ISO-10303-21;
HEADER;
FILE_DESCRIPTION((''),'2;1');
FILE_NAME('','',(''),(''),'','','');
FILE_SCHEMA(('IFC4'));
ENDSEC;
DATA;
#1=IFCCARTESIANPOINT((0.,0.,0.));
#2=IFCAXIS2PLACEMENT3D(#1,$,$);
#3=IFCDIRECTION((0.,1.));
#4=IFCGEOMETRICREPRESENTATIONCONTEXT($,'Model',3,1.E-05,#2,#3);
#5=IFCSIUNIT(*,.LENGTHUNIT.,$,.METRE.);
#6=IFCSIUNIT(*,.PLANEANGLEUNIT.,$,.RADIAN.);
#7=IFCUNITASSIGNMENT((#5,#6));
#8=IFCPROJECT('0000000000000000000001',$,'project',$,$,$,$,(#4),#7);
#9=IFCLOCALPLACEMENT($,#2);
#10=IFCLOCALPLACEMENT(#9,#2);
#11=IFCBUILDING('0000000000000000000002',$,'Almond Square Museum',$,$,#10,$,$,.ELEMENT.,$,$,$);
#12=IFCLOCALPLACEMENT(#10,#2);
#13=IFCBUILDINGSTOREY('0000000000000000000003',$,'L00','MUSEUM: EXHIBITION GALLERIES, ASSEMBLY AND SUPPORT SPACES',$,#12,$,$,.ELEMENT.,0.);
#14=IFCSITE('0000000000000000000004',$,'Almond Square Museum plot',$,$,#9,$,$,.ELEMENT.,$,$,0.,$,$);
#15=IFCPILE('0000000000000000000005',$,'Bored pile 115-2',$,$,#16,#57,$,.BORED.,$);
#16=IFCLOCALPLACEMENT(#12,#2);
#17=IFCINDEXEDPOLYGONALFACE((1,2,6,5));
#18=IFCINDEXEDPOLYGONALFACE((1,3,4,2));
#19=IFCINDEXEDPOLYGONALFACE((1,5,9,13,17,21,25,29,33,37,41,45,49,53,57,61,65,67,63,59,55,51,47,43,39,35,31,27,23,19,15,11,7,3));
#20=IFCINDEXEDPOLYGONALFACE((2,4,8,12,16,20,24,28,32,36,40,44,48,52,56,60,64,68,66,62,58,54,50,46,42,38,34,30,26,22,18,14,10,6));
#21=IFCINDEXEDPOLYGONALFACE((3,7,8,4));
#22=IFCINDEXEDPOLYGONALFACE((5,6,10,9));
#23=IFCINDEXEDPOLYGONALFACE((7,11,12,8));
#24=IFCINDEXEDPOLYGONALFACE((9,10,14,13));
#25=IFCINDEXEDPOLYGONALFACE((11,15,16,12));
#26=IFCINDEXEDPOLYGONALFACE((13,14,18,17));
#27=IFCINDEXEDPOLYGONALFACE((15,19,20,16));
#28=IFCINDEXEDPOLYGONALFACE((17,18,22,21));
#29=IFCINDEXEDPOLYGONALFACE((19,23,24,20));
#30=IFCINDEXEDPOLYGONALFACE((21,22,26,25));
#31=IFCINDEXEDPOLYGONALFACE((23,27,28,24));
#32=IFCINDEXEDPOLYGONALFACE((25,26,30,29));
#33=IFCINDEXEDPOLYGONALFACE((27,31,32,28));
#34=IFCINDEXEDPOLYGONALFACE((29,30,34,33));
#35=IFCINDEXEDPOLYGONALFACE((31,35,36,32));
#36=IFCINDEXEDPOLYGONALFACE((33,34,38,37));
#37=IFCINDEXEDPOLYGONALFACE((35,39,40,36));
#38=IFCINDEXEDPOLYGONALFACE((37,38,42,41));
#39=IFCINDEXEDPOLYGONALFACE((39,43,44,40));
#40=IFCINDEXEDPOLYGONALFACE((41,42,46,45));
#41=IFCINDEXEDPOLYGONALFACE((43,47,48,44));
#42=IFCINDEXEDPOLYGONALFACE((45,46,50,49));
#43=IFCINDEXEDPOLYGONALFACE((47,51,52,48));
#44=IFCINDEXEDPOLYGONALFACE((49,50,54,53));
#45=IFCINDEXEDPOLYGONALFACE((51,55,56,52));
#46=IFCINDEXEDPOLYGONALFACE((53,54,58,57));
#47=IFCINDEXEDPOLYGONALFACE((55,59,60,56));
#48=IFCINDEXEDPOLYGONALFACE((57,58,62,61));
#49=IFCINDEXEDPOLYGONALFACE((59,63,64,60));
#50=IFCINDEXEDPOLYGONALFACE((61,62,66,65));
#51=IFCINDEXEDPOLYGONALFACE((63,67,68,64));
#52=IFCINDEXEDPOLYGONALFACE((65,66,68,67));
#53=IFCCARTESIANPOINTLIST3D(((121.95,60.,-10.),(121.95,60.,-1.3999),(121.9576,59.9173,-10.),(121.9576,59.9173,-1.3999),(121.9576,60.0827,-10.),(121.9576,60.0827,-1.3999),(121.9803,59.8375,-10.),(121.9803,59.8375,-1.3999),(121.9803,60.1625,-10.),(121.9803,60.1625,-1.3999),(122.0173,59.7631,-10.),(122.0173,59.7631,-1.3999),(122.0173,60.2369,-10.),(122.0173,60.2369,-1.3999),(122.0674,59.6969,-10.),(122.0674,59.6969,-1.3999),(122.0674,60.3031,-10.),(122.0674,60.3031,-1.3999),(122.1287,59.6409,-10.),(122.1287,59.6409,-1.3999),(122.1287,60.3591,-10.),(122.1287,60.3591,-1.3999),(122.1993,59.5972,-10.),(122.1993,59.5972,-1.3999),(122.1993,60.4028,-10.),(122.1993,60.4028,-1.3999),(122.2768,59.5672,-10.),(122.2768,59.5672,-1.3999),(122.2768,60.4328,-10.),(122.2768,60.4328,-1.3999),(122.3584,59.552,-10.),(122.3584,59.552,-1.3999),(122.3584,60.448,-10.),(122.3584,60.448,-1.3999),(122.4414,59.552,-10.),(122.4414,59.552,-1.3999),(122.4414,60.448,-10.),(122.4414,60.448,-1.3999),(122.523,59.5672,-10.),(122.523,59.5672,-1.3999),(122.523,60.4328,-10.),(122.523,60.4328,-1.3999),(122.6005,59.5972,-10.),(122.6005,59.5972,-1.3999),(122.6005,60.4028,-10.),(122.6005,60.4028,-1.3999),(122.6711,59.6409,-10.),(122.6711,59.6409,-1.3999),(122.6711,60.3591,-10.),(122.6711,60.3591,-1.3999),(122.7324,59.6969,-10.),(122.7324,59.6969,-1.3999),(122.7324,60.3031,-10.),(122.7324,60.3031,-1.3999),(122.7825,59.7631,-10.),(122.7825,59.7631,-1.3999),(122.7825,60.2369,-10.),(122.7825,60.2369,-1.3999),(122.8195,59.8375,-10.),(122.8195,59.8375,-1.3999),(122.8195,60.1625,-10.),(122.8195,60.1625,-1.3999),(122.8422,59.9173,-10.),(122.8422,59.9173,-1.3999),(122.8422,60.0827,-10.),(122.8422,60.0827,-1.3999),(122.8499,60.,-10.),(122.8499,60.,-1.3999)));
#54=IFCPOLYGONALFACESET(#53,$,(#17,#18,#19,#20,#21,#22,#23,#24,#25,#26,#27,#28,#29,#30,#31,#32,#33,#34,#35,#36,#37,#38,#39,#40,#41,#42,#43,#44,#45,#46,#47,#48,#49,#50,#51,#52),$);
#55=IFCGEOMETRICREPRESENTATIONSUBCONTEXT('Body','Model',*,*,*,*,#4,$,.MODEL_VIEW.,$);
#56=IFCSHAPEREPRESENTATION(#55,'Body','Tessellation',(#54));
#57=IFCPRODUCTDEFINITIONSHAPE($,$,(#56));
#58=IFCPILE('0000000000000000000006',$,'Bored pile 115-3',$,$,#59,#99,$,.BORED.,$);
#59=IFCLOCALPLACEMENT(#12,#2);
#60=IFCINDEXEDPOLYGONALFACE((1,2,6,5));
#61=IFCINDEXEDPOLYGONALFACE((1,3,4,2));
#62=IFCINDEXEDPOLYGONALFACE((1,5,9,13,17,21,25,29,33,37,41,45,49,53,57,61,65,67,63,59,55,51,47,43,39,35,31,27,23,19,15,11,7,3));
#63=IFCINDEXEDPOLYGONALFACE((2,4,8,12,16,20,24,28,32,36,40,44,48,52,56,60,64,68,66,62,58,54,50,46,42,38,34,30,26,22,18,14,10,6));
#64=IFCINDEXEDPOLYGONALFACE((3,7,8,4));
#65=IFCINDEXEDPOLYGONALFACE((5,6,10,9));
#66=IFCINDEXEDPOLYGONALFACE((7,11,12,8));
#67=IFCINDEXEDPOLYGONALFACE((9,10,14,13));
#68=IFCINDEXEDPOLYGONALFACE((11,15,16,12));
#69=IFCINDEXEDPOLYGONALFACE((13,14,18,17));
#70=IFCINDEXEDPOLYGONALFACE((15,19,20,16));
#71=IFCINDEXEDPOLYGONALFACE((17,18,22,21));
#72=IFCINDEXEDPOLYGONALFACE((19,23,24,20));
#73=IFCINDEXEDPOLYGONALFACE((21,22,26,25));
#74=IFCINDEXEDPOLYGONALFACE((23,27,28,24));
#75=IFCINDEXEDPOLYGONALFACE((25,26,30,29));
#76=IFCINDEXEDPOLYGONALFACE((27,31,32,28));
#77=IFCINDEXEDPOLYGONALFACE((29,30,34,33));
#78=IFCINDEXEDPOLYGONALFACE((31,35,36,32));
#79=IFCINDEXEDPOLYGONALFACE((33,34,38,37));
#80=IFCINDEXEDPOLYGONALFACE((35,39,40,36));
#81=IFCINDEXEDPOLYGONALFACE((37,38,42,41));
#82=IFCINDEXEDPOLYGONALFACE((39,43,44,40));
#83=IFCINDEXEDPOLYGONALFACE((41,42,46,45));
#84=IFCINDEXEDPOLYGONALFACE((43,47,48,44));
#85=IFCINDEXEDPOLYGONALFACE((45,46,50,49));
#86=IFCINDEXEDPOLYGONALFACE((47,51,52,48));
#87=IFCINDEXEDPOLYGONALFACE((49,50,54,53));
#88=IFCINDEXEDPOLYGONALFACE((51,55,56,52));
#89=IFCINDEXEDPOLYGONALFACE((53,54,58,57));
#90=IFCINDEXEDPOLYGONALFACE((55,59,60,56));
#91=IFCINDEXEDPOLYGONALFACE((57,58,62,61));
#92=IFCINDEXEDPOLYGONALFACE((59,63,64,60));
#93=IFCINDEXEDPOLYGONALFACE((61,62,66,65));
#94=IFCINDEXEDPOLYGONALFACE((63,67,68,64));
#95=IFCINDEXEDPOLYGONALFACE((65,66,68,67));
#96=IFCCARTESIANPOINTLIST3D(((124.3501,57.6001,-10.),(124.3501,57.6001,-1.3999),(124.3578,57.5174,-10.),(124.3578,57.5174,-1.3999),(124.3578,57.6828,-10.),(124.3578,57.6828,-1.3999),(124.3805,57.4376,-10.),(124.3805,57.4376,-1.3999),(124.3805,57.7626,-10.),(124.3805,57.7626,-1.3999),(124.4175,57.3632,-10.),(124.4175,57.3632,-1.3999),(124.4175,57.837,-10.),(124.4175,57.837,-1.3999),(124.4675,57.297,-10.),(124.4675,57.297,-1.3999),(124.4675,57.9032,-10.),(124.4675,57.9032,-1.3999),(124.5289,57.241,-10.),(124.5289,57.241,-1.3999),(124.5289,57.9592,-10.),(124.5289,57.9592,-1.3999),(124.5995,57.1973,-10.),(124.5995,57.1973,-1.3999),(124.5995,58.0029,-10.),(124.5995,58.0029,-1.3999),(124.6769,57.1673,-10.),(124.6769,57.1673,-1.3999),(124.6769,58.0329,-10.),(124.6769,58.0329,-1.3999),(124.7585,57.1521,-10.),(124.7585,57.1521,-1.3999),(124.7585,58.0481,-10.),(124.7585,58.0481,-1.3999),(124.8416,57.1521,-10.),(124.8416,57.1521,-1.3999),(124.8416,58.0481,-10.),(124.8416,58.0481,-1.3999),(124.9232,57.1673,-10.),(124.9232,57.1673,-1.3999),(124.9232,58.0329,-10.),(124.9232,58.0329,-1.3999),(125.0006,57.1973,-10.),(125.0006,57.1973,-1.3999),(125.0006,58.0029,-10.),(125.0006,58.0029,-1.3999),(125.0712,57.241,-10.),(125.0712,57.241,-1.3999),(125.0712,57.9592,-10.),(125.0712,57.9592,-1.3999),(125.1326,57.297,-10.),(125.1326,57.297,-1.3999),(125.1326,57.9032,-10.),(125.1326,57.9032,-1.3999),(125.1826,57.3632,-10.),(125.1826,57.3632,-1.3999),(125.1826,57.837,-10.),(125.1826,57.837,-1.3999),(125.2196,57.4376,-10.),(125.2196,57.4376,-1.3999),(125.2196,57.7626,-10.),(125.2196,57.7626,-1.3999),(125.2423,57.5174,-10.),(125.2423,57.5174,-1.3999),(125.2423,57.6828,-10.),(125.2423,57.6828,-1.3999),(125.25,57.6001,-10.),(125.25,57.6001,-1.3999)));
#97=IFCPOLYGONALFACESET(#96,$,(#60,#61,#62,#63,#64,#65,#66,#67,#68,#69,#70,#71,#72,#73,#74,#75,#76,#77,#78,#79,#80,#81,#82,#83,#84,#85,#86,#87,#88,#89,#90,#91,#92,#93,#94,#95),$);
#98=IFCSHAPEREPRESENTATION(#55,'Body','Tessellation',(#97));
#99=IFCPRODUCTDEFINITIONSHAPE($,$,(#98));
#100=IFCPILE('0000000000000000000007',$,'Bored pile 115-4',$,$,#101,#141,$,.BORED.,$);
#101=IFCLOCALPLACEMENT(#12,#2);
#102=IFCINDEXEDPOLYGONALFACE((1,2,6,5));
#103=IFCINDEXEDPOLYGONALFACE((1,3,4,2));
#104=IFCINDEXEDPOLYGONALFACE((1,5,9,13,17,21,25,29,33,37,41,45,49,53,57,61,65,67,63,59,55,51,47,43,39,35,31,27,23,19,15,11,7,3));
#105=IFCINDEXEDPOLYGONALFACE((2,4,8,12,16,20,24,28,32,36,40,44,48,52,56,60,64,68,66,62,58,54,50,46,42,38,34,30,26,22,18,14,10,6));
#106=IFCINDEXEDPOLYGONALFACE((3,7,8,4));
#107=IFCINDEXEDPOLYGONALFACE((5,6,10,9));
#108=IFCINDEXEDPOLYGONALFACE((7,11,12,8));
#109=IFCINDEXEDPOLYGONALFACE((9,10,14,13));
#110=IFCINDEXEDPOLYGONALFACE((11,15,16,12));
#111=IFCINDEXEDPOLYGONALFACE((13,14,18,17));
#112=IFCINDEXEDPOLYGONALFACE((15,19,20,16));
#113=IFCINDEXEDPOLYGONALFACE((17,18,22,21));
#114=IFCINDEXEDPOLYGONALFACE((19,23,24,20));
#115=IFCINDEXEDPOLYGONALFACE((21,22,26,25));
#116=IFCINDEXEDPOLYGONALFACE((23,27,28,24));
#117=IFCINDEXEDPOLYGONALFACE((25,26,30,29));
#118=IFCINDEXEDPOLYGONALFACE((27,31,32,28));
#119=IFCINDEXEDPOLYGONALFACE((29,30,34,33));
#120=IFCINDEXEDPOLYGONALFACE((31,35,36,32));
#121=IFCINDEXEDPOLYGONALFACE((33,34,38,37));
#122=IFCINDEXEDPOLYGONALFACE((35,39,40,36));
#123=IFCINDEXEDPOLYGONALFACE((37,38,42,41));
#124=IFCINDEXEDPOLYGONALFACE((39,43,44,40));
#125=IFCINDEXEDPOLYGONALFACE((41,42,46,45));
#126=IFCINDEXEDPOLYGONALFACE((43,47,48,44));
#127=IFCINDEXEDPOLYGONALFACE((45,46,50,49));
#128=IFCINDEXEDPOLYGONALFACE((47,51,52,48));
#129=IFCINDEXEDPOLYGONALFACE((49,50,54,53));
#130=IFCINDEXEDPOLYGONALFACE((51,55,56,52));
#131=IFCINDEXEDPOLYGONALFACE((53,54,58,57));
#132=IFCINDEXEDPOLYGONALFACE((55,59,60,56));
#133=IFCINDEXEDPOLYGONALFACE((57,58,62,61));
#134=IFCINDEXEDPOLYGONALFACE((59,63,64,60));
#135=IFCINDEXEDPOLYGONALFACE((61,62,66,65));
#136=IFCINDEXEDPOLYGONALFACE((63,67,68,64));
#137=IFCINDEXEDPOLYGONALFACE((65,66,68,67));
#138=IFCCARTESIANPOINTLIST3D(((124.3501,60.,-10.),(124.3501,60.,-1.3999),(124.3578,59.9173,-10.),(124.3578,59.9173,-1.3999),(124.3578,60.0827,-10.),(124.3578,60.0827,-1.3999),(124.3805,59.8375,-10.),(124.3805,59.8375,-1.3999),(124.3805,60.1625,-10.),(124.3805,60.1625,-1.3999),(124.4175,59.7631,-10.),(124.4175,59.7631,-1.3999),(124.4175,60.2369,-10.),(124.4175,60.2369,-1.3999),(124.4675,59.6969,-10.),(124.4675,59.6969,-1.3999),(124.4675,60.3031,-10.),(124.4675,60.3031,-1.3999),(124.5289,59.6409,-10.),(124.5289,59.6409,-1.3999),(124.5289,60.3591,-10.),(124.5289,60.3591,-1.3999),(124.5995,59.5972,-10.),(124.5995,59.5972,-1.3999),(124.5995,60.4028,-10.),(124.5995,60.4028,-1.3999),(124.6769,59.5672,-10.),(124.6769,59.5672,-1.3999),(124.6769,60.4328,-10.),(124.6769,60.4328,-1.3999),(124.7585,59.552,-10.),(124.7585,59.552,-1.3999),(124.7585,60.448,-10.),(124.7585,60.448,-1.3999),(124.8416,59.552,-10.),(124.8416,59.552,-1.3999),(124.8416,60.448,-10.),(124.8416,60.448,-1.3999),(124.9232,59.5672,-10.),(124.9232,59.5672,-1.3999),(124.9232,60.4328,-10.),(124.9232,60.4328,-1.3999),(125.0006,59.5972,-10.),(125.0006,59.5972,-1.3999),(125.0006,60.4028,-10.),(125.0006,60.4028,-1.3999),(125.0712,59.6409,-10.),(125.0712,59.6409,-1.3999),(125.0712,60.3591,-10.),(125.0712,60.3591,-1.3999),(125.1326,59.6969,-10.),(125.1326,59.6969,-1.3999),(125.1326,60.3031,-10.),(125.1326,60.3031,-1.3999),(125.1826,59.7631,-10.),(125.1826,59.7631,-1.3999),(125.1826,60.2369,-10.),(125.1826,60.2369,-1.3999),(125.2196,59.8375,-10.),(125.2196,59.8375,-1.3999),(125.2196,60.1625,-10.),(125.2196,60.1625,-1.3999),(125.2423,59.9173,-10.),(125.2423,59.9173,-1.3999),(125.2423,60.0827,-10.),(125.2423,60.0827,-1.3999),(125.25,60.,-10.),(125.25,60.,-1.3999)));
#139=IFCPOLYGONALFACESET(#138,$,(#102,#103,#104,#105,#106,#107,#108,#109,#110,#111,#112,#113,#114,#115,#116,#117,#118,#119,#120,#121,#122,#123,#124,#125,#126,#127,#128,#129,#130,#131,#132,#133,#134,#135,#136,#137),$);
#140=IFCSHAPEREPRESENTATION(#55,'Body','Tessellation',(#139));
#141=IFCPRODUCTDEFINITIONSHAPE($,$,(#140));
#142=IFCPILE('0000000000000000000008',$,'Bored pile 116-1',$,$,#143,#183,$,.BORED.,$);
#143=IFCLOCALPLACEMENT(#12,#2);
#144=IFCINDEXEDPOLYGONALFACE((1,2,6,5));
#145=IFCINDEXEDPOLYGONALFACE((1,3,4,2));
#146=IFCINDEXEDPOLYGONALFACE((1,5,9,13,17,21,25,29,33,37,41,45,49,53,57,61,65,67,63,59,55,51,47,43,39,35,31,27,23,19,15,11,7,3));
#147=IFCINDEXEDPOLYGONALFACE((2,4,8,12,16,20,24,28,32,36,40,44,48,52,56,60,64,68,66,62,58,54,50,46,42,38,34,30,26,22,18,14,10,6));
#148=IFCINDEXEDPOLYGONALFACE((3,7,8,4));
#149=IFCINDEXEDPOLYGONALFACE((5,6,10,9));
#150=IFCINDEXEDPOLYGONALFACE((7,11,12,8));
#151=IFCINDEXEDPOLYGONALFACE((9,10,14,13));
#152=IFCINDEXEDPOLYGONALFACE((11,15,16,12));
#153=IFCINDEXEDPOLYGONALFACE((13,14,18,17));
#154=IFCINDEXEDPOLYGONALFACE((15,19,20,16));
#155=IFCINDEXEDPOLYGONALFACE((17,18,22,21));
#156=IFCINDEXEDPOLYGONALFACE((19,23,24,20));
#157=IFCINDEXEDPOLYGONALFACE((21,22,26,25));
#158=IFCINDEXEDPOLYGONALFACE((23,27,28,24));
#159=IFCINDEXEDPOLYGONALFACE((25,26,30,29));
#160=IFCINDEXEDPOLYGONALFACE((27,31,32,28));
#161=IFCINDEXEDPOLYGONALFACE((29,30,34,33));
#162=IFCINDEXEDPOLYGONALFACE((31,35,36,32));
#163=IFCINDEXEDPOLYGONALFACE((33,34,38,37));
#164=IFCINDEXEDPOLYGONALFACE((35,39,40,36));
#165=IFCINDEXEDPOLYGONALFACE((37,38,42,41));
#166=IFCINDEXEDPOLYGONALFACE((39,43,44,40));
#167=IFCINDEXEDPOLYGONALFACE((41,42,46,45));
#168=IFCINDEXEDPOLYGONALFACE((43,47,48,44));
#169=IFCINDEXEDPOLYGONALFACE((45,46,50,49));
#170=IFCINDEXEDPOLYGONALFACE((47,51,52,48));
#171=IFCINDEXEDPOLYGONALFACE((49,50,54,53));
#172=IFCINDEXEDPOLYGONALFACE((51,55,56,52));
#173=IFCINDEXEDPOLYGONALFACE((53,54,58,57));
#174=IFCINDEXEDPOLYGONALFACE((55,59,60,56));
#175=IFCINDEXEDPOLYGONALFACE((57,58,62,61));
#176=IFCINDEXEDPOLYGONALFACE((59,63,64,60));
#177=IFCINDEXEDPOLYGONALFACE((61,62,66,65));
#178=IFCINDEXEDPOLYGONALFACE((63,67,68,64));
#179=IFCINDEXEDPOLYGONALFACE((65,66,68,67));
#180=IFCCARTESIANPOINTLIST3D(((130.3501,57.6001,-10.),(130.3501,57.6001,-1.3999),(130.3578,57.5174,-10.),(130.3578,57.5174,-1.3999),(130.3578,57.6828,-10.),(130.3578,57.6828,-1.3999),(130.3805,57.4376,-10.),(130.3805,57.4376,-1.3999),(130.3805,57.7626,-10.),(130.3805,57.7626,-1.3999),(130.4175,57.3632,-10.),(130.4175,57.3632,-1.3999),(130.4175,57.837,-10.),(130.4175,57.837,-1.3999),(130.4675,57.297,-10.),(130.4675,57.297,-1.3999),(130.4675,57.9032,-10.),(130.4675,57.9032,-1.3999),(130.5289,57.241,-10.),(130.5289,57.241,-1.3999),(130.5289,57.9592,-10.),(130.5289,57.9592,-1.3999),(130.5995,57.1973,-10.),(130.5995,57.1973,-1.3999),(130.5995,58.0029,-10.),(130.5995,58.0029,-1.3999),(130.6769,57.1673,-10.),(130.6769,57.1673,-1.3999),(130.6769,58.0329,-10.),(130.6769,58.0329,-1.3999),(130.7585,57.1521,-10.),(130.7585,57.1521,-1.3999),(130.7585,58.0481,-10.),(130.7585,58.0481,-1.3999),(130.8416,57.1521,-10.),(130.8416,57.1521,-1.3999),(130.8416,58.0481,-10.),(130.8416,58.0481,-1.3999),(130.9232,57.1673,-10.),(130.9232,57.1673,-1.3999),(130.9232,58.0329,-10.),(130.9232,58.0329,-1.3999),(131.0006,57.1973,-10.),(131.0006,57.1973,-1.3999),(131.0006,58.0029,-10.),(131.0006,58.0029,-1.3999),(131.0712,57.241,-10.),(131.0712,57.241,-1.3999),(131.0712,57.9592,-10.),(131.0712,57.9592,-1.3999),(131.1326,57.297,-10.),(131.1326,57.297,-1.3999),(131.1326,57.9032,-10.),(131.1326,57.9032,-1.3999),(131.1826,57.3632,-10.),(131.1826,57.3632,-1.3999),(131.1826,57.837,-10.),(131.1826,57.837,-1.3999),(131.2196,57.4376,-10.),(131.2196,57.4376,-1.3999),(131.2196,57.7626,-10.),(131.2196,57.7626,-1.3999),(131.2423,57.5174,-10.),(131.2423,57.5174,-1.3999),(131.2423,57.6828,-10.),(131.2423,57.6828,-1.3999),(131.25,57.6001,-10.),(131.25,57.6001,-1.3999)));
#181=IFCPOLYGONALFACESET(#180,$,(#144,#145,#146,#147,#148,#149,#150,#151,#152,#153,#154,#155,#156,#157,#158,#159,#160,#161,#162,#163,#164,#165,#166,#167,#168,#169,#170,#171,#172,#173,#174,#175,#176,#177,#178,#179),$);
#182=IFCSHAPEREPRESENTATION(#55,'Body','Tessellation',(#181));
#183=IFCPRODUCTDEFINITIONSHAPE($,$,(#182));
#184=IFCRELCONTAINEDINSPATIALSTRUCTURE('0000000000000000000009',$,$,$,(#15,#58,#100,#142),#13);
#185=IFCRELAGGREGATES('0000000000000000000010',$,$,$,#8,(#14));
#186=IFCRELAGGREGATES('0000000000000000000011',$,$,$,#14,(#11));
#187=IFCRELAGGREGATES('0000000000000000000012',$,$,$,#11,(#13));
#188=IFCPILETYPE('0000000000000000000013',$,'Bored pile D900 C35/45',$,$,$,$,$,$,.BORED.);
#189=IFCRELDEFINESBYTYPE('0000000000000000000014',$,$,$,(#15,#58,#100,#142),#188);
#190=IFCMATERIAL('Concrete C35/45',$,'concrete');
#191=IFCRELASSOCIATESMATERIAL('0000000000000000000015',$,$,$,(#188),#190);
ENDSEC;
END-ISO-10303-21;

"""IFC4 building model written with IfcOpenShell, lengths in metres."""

from ifc_helpers import new_model, si_unit, direction, frame, origin, origin_2d, place, context, subcontext, project, spatial, circle, extrude, material, material_profile, profile_set, type_object, element, save


model = new_model("IFC4")

# Units and contexts
model_context = context("Model", 3, precision=1e-05, world=origin(), true_north=direction((0.0, 1.0)))
body_context = subcontext(model_context, "Body", "Model", "MODEL_VIEW")
ifc_project = project(units=[si_unit("LENGTHUNIT", "METRE"), si_unit("PLANEANGLEUNIT", "RADIAN")], contexts=[model_context])

# Site, building, storey
site_placement = place(None, origin())
site = spatial("IfcSite", under=ifc_project, at=site_placement, Name="Almond Square Museum plot", CompositionType="ELEMENT", RefElevation=0.0)
building_placement = place(site_placement, origin())
building = spatial("IfcBuilding", under=site, at=building_placement, Name="Almond Square Museum", CompositionType="ELEMENT")
storey_placement = place(building_placement, origin())
storey = spatial("IfcBuildingStorey", under=building, at=storey_placement, Name="L00", Description="MUSEUM: EXHIBITION GALLERIES, ASSEMBLY AND SUPPORT SPACES", CompositionType="ELEMENT", Elevation=0.0)

# Piles
ifc_material_1 = material(Name="Concrete C35/45", Category="concrete")
ifc_material_profile_1 = material_profile(ifc_material_1, circle(Radius=0.45, at=origin_2d()))
ifc_profile_set_1 = profile_set([ifc_material_profile_1], Name="Concrete C35/45")
pile_type = type_object("IfcPileType", Name="Bored pile D900 C35/45", PredefinedType="BORED", material=ifc_profile_set_1)
for number, where, z_axis, x_axis, name in (
    (1, (122.3999, 60.0, -1.3999), (0.0, 0.0, -1.0), (1.0, 0.0, 0.0), "Bored pile 115-2"),
    (2, (124.8, 57.6001, -1.3999), (0.0, 0.0, -1.0), (1.0, 0.0, 0.0), "Bored pile 115-3"),
    (3, (124.8, 60.0, -1.3999), (0.0, 0.0, -1.0), (1.0, 0.0, 0.0), "Bored pile 115-4"),
    (4, (130.8, 57.6001, -1.3999), (0.0, 0.0, -1.0), (1.0, 0.0, 0.0), "Bored pile 116-1"),
):
    element("IfcPile", number, at=place(storey_placement, frame(where, z_axis=z_axis, x_axis=x_axis)), inside=storey, type_object=pile_type, Name=name, PredefinedType="BORED", context=body_context, shape_type="SweptSolid", body=[
        extrude(circle(Radius=0.45, at=origin_2d()), origin(), (0.0, 0.0, 1.0), 8.6001),
    ])

save(model, "model.ifc")
